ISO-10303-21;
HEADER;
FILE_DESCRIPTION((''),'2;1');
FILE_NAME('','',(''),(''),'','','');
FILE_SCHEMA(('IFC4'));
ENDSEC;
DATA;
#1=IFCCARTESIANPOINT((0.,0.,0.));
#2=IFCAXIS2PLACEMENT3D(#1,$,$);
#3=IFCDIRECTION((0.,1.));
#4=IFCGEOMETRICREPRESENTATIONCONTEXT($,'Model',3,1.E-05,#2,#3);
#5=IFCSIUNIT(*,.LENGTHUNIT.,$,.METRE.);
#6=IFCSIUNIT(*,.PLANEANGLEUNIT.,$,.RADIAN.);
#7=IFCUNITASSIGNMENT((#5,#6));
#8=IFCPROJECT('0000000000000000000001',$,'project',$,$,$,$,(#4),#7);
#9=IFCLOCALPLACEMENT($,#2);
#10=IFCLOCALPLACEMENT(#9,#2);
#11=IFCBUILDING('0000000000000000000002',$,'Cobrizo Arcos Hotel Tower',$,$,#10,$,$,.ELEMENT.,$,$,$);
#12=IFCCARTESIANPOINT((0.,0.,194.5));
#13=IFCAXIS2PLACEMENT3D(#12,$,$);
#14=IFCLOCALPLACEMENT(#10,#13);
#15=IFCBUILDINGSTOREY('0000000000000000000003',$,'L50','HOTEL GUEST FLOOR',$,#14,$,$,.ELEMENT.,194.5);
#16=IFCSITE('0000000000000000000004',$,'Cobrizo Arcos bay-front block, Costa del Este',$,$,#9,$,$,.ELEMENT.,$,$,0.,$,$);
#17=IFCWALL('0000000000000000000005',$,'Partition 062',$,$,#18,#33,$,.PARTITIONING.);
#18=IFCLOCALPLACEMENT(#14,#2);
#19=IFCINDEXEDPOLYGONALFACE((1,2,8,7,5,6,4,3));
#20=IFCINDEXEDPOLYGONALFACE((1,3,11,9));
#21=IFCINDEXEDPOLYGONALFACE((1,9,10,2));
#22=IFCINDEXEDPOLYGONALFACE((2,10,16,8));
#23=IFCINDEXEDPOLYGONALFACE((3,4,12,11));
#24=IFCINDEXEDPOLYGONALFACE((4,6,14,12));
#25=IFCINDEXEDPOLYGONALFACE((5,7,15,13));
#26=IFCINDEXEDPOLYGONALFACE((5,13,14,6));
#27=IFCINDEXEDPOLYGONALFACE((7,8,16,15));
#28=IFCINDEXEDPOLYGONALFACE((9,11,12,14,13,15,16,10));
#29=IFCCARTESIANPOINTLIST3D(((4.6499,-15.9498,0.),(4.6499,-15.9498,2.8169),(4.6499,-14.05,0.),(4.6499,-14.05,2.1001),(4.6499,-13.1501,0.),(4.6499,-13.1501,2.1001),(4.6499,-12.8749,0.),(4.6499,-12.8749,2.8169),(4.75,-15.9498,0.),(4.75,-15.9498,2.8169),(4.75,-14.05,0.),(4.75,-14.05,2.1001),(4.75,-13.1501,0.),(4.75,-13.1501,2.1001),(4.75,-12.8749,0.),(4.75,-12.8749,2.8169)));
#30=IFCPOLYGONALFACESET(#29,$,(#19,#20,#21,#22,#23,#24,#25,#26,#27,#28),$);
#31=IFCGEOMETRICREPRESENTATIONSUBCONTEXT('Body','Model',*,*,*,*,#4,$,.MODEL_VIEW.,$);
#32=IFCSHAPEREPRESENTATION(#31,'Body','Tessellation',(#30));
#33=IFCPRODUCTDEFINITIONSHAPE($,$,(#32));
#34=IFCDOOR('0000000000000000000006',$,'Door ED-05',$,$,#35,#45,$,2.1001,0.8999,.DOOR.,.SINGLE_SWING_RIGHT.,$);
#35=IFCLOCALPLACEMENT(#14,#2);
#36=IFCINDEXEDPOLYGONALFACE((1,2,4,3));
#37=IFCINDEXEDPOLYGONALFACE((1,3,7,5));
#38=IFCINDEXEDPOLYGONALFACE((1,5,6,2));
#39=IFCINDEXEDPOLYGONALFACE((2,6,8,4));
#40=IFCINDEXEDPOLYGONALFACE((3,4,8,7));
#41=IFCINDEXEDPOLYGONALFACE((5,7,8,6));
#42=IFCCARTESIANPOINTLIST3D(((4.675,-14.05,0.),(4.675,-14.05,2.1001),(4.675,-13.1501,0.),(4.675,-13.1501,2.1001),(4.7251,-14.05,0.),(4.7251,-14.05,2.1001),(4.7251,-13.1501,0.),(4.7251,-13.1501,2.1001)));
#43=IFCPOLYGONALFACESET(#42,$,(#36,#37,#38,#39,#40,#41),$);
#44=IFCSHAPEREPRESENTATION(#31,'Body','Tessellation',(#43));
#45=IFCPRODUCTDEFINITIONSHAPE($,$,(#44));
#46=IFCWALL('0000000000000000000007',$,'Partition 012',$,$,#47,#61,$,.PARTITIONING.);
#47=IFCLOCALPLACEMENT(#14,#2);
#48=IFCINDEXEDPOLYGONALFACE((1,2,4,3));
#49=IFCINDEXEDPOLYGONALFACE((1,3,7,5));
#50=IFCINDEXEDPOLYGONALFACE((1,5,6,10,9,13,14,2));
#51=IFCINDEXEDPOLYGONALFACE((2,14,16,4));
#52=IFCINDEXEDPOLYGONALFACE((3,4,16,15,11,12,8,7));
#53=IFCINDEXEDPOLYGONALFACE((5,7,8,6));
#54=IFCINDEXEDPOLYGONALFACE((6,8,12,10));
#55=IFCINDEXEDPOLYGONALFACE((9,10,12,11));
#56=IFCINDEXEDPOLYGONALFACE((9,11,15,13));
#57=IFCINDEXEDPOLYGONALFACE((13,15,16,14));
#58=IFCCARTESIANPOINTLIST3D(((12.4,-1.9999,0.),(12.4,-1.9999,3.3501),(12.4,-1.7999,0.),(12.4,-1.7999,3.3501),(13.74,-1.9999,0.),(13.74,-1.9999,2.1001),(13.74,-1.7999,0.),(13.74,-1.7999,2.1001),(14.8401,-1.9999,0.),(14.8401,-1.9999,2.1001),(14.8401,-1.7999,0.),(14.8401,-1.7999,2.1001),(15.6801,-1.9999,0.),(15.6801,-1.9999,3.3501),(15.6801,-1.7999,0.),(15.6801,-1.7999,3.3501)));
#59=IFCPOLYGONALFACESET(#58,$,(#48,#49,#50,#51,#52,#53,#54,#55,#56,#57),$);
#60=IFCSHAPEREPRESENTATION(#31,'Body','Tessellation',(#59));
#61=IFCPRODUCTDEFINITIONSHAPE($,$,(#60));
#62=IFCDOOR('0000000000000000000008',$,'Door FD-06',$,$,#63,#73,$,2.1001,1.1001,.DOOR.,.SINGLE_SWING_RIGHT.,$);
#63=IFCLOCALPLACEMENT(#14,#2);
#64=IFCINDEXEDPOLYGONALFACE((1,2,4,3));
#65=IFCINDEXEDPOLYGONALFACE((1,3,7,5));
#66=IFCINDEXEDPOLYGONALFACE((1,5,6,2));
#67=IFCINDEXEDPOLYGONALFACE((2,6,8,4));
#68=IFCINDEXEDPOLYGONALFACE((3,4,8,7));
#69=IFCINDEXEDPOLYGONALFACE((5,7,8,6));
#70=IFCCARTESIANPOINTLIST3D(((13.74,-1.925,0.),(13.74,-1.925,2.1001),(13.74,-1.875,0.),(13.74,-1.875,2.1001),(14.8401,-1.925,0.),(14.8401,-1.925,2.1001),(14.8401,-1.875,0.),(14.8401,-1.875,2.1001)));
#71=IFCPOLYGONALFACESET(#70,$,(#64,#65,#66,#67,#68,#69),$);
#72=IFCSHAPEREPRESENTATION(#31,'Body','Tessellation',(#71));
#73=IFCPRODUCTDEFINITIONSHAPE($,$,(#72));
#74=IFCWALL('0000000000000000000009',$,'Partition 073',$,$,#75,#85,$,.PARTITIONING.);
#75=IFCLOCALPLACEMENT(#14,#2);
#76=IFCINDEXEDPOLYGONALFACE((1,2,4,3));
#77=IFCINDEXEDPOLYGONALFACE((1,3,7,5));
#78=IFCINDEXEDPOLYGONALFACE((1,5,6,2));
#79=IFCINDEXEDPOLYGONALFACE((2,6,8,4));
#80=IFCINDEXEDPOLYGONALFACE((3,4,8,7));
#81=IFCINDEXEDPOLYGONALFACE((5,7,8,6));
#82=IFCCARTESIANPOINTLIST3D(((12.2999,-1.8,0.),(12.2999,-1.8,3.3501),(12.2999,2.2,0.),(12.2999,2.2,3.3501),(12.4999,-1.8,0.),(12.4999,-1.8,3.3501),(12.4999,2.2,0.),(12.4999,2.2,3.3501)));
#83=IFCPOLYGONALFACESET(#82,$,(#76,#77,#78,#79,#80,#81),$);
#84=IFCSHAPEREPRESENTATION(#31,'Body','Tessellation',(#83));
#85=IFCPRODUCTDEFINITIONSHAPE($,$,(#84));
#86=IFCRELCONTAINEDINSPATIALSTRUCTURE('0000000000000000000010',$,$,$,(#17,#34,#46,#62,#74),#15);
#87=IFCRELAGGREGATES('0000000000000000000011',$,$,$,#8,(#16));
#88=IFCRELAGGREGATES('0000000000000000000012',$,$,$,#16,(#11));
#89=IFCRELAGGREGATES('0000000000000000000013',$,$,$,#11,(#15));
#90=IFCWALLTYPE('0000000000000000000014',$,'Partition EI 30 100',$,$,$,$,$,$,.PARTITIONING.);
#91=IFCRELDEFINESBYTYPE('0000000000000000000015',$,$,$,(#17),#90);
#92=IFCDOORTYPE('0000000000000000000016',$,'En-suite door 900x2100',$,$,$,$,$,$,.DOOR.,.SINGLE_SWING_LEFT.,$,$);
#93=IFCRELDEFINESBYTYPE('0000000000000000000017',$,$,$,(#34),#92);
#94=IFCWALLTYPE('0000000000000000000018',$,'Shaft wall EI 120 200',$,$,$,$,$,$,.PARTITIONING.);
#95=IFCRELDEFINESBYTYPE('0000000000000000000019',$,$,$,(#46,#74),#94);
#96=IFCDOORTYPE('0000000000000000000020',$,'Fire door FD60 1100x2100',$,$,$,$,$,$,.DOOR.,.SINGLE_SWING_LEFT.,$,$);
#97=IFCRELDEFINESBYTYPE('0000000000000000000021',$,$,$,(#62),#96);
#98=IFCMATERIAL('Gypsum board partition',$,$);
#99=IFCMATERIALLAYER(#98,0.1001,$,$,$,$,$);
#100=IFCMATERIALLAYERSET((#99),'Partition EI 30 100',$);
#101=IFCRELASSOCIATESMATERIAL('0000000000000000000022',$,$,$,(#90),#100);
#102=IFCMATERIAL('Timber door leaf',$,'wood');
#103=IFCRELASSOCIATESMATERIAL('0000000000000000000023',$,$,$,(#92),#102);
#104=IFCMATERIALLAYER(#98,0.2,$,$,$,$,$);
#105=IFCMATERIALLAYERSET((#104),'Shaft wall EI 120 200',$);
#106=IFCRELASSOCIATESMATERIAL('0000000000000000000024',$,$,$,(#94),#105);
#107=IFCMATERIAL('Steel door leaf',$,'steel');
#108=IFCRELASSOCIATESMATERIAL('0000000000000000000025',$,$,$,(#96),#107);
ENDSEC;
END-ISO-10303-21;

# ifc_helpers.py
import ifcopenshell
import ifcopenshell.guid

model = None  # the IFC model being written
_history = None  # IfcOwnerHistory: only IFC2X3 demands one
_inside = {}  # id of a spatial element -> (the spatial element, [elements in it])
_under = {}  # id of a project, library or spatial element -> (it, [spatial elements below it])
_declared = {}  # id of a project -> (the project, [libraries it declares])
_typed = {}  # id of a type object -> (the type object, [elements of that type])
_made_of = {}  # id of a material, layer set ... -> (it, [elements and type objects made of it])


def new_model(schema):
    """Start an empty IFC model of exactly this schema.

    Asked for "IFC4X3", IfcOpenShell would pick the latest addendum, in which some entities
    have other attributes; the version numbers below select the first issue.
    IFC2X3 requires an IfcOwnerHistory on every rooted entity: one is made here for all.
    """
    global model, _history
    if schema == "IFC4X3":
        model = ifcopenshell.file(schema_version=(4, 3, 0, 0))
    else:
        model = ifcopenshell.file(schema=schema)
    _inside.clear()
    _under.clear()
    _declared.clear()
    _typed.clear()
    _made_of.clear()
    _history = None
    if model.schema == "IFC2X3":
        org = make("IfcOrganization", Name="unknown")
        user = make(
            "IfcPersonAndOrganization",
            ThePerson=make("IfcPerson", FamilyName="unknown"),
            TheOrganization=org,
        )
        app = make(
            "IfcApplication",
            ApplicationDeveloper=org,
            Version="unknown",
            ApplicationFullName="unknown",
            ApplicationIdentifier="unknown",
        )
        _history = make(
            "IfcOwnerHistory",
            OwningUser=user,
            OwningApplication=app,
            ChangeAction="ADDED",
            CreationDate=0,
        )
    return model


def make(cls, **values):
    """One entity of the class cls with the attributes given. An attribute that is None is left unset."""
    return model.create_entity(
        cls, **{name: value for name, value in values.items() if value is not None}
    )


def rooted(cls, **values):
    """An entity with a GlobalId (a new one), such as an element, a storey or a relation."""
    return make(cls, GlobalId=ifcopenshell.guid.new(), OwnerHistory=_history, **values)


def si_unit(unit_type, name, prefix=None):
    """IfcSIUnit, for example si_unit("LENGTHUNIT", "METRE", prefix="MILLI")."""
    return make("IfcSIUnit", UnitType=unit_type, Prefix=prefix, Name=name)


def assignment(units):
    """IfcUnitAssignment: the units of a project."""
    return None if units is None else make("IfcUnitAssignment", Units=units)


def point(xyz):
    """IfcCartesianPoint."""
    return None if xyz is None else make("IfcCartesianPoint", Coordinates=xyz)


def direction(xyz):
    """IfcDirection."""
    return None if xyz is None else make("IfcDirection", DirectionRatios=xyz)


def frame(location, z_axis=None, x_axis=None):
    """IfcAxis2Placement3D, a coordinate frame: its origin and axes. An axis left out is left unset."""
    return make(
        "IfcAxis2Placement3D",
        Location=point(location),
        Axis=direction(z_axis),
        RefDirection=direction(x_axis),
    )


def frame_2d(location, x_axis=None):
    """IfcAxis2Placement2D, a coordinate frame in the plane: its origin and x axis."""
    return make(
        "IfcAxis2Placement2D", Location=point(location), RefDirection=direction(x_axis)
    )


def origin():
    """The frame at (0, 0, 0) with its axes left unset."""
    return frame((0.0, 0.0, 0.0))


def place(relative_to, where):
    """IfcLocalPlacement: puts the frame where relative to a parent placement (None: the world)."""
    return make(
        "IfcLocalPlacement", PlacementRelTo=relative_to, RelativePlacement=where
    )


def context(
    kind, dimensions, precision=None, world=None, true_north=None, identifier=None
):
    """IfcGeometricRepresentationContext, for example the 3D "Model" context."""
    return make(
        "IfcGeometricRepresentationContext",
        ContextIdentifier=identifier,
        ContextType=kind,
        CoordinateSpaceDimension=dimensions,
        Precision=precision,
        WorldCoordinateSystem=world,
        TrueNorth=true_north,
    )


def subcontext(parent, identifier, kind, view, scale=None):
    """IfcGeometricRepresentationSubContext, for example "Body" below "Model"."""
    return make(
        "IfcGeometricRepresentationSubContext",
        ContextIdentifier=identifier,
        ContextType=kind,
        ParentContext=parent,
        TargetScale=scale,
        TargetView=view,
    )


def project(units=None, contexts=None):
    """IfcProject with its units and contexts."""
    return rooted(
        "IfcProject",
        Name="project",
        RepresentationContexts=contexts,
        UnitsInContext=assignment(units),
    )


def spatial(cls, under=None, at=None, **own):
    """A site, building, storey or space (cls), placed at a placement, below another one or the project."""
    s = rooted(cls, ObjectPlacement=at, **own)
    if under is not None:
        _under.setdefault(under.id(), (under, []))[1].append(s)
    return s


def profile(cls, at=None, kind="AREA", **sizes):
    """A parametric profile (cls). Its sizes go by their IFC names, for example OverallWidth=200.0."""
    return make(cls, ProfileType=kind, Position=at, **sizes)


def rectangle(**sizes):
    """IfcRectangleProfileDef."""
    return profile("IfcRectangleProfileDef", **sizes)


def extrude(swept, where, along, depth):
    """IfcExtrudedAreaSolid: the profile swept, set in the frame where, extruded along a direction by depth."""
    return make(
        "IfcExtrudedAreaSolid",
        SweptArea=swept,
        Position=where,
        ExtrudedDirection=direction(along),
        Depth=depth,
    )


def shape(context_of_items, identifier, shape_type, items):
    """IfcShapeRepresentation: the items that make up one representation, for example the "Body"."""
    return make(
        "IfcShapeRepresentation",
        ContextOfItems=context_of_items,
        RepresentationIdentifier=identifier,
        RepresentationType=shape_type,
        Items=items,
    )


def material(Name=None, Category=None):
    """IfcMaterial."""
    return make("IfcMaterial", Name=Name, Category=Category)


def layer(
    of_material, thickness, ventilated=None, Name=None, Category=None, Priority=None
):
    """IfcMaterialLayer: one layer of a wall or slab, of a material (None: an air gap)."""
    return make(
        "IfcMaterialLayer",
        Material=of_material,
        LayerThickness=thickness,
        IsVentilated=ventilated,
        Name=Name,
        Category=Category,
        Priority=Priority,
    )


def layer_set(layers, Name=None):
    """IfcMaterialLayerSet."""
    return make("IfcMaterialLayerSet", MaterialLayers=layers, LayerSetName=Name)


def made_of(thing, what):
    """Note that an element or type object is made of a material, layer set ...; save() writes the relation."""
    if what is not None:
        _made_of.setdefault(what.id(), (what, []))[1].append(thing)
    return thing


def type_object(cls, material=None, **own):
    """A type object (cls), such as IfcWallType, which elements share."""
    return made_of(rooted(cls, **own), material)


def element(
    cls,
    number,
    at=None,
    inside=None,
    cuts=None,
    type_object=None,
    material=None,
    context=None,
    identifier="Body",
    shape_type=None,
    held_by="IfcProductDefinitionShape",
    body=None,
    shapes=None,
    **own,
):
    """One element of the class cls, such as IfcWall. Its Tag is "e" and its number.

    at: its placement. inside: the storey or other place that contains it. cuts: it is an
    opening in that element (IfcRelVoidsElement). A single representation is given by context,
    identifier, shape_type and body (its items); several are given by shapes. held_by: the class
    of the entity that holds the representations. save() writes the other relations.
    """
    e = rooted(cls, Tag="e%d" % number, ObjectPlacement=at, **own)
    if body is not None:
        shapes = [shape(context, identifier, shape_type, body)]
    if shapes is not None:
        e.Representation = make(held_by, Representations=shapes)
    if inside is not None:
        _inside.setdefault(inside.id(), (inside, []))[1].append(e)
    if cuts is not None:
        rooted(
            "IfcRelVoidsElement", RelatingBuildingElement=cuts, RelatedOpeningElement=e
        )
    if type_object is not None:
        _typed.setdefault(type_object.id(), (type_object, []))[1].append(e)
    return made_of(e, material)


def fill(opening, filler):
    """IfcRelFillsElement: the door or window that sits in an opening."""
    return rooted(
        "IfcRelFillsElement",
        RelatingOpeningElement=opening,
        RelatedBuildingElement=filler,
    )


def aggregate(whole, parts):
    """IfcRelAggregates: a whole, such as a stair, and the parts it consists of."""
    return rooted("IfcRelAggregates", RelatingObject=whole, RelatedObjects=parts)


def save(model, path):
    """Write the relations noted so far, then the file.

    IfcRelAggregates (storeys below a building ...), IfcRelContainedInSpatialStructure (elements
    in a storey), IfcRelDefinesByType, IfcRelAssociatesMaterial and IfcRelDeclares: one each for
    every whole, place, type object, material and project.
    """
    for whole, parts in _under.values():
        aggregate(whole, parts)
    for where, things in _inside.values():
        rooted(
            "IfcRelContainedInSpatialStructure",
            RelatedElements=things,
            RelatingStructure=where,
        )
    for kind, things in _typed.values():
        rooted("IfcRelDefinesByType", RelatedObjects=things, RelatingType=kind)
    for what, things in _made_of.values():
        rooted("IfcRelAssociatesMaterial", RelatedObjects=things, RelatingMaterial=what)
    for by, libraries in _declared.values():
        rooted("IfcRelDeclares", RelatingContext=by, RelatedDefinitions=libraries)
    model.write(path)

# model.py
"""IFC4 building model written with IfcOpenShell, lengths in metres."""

from ifc_helpers import new_model, si_unit, direction, frame, frame_2d, origin, place, context, subcontext, project, spatial, rectangle, extrude, material, layer, layer_set, type_object, element, fill, save


model = new_model("IFC4")

# Units and contexts
model_context = context("Model", 3, precision=1e-05, world=origin(), true_north=direction((0.0, 1.0)))
body_context = subcontext(model_context, "Body", "Model", "MODEL_VIEW")
ifc_project = project(units=[si_unit("LENGTHUNIT", "METRE"), si_unit("PLANEANGLEUNIT", "RADIAN")], contexts=[model_context])

# Site, building, storey
site_placement = place(None, origin())
site = spatial("IfcSite", under=ifc_project, at=site_placement, Name="Cobrizo Arcos bay-front block, Costa del Este", CompositionType="ELEMENT", RefElevation=0.0)
building_placement = place(site_placement, origin())
building = spatial("IfcBuilding", under=site, at=building_placement, Name="Cobrizo Arcos Hotel Tower", CompositionType="ELEMENT")
storey_placement = place(building_placement, frame((0.0, 0.0, 194.5)))
storey = spatial("IfcBuildingStorey", under=building, at=storey_placement, Name="L50", Description="HOTEL GUEST FLOOR", CompositionType="ELEMENT", Elevation=194.5)

# Shared definitions
ifc_material_1 = material(Name="Gypsum board partition")

# Shared definitions
ifc_material_2 = material(Name="Timber door leaf", Category="wood")

# Shared definitions
ifc_layer_1 = layer(ifc_material_1, 0.1001)
ifc_layer_set_1 = layer_set([ifc_layer_1], Name="Partition EI 30 100")
wall_type_1 = type_object("IfcWallType", Name="Partition EI 30 100", PredefinedType="PARTITIONING", material=ifc_layer_set_1)
door_type_1 = type_object("IfcDoorType", Name="En-suite door 900x2100", OperationType="SINGLE_SWING_LEFT", PredefinedType="DOOR", material=ifc_material_2)

# Walls, openings, doors
wall_1_placement = place(storey_placement, frame((4.7, -15.95, 0.0), z_axis=(0.0, 0.0, 1.0), x_axis=(0.0, 1.0, 0.0)))
wall_1 = element("IfcWall", 1, at=wall_1_placement, inside=storey, type_object=wall_type_1, Name="Partition 062", PredefinedType="PARTITIONING", context=body_context, shape_type="SweptSolid", body=[
    extrude(rectangle(XDim=3.075, YDim=0.1001, at=frame_2d((1.5376, 0.0))), origin(), (0.0, 0.0, 1.0), 2.8169),
])
opening_1_placement = place(wall_1_placement, frame((1.8999, 0.0, 0.0)))
opening_1 = element("IfcOpeningElement", 2, at=opening_1_placement, cuts=wall_1, PredefinedType="OPENING", context=body_context, shape_type="SweptSolid", body=[
    extrude(rectangle(XDim=0.8999, YDim=2.1001, at=frame_2d((0.45, 1.05))), frame((0.0, 0.062, 0.0), z_axis=(0.0, -1.0, 0.0), x_axis=(1.0, 0.0, 0.0)), (0.0, 0.0, 1.0), 0.124),
])
door_1_placement = place(opening_1_placement, origin())
door_1 = element("IfcDoor", 3, at=door_1_placement, inside=storey, type_object=door_type_1, Name="Door ED-05", OperationType="SINGLE_SWING_RIGHT", OverallHeight=2.1001, OverallWidth=0.8999, PredefinedType="DOOR", context=body_context, shape_type="SweptSolid", body=[
    extrude(rectangle(XDim=0.8999, YDim=2.1001, at=frame_2d((0.45, 1.05))), frame((0.0, 0.0249, 0.0), z_axis=(0.0, -1.0, 0.0), x_axis=(1.0, 0.0, 0.0)), (0.0, 0.0, 1.0), 0.05),
])
fill(opening_1, door_1)
ifc_layer_2 = layer(ifc_material_1, 0.2)
ifc_layer_set_2 = layer_set([ifc_layer_2], Name="Shaft wall EI 120 200")
wall_type_2 = type_object("IfcWallType", Name="Shaft wall EI 120 200", PredefinedType="PARTITIONING", material=ifc_layer_set_2)
wall_2_placement = place(storey_placement, frame((12.3999, -1.8999, 0.0), z_axis=(0.0, 0.0, 1.0), x_axis=(1.0, 0.0, 0.0)))
wall_2 = element("IfcWall", 4, at=wall_2_placement, inside=storey, type_object=wall_type_2, Name="Partition 012", PredefinedType="PARTITIONING", context=body_context, shape_type="SweptSolid", body=[
    extrude(rectangle(XDim=3.28, YDim=0.2, at=frame_2d((1.6401, 0.0))), origin(), (0.0, 0.0, 1.0), 3.3501),
])
opening_2_placement = place(wall_2_placement, frame((1.3401, 0.0, 0.0)))
opening_2 = element("IfcOpeningElement", 5, at=opening_2_placement, cuts=wall_2, PredefinedType="OPENING", context=body_context, shape_type="SweptSolid", body=[
    extrude(rectangle(XDim=1.1001, YDim=2.1001, at=frame_2d((0.55, 1.05))), frame((0.0, 0.1121, 0.0), z_axis=(0.0, -1.0, 0.0), x_axis=(1.0, 0.0, 0.0)), (0.0, 0.0, 1.0), 0.2239),
])
ifc_material_3 = material(Name="Steel door leaf", Category="steel")
door_type_2 = type_object("IfcDoorType", Name="Fire door FD60 1100x2100", OperationType="SINGLE_SWING_LEFT", PredefinedType="DOOR", material=ifc_material_3)
door_2_placement = place(opening_2_placement, origin())
door_2 = element("IfcDoor", 6, at=door_2_placement, inside=storey, type_object=door_type_2, Name="Door FD-06", OperationType="SINGLE_SWING_RIGHT", OverallHeight=2.1001, OverallWidth=1.1001, PredefinedType="DOOR", context=body_context, shape_type="SweptSolid", body=[
    extrude(rectangle(XDim=1.1001, YDim=2.1001, at=frame_2d((0.55, 1.05))), frame((0.0, 0.0249, 0.0), z_axis=(0.0, -1.0, 0.0), x_axis=(1.0, 0.0, 0.0)), (0.0, 0.0, 1.0), 0.05),
])
fill(opening_2, door_2)

# Wall
wall_3_placement = place(storey_placement, frame((12.3999, -1.8, 0.0), z_axis=(0.0, 0.0, 1.0), x_axis=(0.0, 1.0, 0.0)))
element("IfcWall", 7, at=wall_3_placement, inside=storey, type_object=wall_type_2, Name="Partition 073", PredefinedType="PARTITIONING", context=body_context, shape_type="SweptSolid", body=[
    extrude(rectangle(XDim=4.0, YDim=0.2, at=frame_2d((2.0, 0.0))), origin(), (0.0, 0.0, 1.0), 3.3501),
])

save(model, "model.ifc")
